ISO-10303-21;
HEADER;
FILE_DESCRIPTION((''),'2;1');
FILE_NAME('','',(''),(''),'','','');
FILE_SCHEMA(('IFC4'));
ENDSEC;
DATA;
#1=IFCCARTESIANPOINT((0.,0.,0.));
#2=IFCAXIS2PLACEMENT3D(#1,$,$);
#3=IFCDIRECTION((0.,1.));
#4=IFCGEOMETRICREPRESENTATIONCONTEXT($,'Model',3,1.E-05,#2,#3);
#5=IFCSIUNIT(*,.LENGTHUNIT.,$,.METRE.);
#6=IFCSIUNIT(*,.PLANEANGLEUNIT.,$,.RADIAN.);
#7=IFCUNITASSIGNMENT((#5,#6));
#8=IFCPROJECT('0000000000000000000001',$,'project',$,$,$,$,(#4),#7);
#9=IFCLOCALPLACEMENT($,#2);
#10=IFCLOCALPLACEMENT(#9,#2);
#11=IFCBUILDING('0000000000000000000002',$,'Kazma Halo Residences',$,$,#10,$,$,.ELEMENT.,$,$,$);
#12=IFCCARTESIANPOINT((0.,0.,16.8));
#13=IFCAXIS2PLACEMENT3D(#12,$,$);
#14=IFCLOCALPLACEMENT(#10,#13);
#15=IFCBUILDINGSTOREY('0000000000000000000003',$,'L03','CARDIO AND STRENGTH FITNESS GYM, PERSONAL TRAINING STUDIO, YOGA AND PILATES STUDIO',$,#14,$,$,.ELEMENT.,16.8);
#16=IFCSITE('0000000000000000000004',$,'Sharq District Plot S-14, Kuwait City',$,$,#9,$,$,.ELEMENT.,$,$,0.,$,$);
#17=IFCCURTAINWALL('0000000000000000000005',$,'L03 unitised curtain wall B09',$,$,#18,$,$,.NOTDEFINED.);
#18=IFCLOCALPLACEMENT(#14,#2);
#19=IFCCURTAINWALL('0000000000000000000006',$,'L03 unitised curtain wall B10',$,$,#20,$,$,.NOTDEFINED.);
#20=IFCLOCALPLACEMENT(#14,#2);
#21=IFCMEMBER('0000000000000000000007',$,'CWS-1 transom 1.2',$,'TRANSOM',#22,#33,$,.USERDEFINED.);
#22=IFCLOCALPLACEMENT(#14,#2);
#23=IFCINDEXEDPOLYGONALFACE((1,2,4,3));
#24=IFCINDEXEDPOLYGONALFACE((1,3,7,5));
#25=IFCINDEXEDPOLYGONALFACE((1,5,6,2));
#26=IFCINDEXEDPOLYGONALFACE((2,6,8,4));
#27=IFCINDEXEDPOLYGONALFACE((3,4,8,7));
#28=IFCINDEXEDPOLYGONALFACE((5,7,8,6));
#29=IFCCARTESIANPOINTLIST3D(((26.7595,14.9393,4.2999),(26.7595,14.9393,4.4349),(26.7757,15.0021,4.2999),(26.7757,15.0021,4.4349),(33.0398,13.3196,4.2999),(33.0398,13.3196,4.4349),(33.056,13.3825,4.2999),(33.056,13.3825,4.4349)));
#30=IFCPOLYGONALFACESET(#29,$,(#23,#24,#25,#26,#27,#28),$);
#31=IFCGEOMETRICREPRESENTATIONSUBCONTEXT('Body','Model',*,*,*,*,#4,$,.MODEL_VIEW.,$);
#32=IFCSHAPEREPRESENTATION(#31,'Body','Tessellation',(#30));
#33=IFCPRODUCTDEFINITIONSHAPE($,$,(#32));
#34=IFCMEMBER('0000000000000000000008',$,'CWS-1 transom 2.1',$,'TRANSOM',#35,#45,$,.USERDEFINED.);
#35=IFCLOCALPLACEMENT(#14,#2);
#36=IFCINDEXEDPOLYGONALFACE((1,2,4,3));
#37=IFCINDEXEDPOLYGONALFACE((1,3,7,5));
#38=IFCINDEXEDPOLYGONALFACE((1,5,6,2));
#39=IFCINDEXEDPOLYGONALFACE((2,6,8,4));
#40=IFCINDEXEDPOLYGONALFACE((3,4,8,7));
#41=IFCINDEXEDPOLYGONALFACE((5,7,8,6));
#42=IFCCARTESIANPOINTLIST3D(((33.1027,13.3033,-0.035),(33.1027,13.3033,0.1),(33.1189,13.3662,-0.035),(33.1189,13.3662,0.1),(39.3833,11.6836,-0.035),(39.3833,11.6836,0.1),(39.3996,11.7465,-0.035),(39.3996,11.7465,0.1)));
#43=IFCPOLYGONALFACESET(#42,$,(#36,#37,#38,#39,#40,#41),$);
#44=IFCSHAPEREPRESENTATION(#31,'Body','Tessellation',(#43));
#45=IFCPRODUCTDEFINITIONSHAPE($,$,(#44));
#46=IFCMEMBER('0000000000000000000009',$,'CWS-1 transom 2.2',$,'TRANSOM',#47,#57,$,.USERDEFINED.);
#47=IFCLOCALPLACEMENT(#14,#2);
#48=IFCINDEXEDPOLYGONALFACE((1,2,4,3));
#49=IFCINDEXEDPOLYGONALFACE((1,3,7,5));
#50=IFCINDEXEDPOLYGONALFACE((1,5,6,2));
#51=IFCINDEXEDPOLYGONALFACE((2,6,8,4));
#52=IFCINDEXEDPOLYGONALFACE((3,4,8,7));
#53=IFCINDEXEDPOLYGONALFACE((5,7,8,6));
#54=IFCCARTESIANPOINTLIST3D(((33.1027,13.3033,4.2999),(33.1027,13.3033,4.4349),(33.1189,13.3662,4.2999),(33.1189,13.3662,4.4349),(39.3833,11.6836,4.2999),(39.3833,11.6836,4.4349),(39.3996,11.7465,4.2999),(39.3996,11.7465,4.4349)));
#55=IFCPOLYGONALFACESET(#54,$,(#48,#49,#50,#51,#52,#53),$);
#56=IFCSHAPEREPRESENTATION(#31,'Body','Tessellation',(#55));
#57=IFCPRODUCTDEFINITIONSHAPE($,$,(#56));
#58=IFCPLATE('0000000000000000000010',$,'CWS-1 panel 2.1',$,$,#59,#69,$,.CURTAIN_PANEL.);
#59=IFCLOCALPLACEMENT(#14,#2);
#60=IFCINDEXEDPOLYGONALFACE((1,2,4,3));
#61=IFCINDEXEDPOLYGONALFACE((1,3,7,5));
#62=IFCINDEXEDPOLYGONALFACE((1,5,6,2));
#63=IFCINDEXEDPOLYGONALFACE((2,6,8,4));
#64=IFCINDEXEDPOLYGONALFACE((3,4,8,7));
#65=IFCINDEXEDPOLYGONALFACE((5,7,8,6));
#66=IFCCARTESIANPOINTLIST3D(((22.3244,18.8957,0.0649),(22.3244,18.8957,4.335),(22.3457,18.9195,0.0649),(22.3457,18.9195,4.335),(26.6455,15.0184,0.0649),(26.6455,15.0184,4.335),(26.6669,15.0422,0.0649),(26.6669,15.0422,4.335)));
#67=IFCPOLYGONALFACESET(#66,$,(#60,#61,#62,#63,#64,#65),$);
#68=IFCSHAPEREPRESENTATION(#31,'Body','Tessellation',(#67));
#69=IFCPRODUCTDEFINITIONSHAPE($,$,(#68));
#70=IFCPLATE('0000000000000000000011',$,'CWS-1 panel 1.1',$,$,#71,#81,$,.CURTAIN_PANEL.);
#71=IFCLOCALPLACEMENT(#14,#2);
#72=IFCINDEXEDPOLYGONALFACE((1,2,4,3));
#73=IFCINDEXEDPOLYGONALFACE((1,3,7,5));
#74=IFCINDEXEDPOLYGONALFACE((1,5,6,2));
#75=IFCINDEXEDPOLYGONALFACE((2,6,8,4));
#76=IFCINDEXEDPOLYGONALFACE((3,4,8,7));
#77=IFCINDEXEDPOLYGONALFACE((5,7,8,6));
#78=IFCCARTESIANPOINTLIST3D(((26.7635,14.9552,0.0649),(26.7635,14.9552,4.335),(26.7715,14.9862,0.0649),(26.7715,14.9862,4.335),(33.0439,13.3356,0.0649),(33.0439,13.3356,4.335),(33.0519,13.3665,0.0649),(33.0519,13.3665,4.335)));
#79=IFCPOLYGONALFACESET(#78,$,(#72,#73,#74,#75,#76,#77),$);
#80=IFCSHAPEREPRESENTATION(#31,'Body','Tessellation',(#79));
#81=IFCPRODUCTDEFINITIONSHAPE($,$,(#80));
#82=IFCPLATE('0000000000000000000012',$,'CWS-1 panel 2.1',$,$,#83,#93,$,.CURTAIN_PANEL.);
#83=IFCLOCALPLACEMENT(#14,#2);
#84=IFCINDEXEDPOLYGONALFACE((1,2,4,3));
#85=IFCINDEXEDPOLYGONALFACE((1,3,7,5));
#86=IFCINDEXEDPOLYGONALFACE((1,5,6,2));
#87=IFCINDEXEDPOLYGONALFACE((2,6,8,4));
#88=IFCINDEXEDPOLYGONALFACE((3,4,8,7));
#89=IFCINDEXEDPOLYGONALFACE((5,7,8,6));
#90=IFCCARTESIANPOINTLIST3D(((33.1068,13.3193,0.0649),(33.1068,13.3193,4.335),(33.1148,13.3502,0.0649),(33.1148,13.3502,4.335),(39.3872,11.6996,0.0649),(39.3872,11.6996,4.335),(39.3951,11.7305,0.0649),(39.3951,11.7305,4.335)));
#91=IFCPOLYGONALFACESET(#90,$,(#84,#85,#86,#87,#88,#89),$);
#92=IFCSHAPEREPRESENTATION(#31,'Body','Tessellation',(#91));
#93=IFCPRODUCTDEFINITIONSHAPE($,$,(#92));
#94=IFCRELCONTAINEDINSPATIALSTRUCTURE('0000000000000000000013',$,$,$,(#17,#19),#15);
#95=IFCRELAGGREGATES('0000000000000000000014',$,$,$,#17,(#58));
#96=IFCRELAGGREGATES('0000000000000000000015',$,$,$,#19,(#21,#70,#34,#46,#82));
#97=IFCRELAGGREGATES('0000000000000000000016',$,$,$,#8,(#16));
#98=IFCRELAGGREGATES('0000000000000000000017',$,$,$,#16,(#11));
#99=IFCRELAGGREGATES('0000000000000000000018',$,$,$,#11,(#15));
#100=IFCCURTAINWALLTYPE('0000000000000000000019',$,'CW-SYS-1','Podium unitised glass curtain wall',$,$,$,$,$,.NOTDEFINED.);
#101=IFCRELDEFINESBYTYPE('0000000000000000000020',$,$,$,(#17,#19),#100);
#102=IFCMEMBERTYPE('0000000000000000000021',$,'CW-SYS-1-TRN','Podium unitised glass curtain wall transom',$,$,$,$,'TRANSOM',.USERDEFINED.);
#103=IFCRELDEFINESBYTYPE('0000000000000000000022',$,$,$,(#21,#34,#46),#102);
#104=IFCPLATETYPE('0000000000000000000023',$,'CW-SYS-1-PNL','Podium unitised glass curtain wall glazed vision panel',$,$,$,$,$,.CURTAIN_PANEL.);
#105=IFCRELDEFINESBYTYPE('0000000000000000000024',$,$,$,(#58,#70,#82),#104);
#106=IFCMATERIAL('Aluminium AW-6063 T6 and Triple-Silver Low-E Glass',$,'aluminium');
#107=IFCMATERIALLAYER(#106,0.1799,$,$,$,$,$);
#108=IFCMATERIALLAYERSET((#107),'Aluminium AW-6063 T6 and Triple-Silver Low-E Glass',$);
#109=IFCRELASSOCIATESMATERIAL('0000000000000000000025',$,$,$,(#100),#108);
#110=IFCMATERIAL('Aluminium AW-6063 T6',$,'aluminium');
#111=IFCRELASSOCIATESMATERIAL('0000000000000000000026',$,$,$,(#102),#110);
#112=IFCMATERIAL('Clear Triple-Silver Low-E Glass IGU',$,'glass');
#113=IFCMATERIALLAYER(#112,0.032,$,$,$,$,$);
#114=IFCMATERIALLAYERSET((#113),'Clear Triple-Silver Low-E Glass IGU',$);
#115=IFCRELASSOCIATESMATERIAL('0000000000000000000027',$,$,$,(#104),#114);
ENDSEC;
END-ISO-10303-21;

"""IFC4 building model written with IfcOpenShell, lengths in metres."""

from ifc_helpers import new_model, si_unit, direction, frame, origin, origin_2d, place, context, subcontext, project, spatial, rectangle, extrude, material, layer, layer_set, material_profile, profile_set, type_object, element, aggregate, save


model = new_model("IFC4")

# Units and contexts
model_context = context("Model", 3, precision=1e-05, world=origin(), true_north=direction((0.0, 1.0)))
body_context = subcontext(model_context, "Body", "Model", "MODEL_VIEW")
ifc_project = project(units=[si_unit("LENGTHUNIT", "METRE"), si_unit("PLANEANGLEUNIT", "RADIAN")], contexts=[model_context])

# Site, building, storey
site_placement = place(None, origin())
site = spatial("IfcSite", under=ifc_project, at=site_placement, Name="Sharq District Plot S-14, Kuwait City", CompositionType="ELEMENT", RefElevation=0.0)
building_placement = place(site_placement, origin())
building = spatial("IfcBuilding", under=site, at=building_placement, Name="Kazma Halo Residences", CompositionType="ELEMENT")
storey_placement = place(building_placement, frame((0.0, 0.0, 16.8)))
storey = spatial("IfcBuildingStorey", under=building, at=storey_placement, Name="L03", Description="CARDIO AND STRENGTH FITNESS GYM, PERSONAL TRAINING STUDIO, YOGA AND PILATES STUDIO", CompositionType="ELEMENT", Elevation=16.8)

# Curtain wall
ifc_material_1 = material(Name="Aluminium AW-6063 T6 and Triple-Silver Low-E Glass", Category="aluminium")
ifc_layer_1 = layer(ifc_material_1, 0.1799)
ifc_layer_set_1 = layer_set([ifc_layer_1], Name="Aluminium AW-6063 T6 and Triple-Silver Low-E Glass")
curtain_wall_type = type_object("IfcCurtainWallType", Name="CW-SYS-1", Description="Podium unitised glass curtain wall", PredefinedType="NOTDEFINED", material=ifc_layer_set_1)
curtain_wall_1_placement = place(storey_placement, origin())
curtain_wall_1 = element("IfcCurtainWall", 1, at=curtain_wall_1_placement, inside=storey, type_object=curtain_wall_type, Name="L03 unitised curtain wall B09", PredefinedType="NOTDEFINED")
ifc_material_2 = material(Name="Aluminium AW-6063 T6", Category="aluminium")

# Curtain wall
curtain_wall_2_placement = place(storey_placement, origin())
curtain_wall_2 = element("IfcCurtainWall", 2, at=curtain_wall_2_placement, inside=storey, type_object=curtain_wall_type, Name="L03 unitised curtain wall B10", PredefinedType="NOTDEFINED")

# Members
ifc_material_profile_1 = material_profile(ifc_material_2, rectangle(XDim=0.0649, YDim=0.135, at=origin_2d()), Name="CWT-65x135")
ifc_profile_set_1 = profile_set([ifc_material_profile_1], Name="Aluminium AW-6063 T6")
member_type_1 = type_object("IfcMemberType", Name="CW-SYS-1-TRN", Description="Podium unitised glass curtain wall transom", ElementType="TRANSOM", PredefinedType="USERDEFINED", material=ifc_profile_set_1)
member_1_placement = place(storey_placement, frame((26.7676, 14.9707, 4.3674), z_axis=(0.968318, -0.249721, 0.0), x_axis=(0.249721, 0.968318, 0.0)))
member_1 = element("IfcMember", 3, at=member_1_placement, type_object=member_type_1, Name="CWS-1 transom 1.2", ObjectType="TRANSOM", PredefinedType="USERDEFINED", context=body_context, shape_type="SweptSolid", body=[
    extrude(rectangle(XDim=0.0649, YDim=0.135, at=origin_2d()), origin(), (0.0, 0.0, 1.0), 6.4858),
])
member_2_placement = place(storey_placement, frame((33.1108, 13.3347, 0.0325), z_axis=(0.96832, -0.249712, 0.0), x_axis=(0.249712, 0.96832, 0.0)))
member_2 = element("IfcMember", 4, at=member_2_placement, type_object=member_type_1, Name="CWS-1 transom 2.1", ObjectType="TRANSOM", PredefinedType="USERDEFINED", context=body_context, shape_type="SweptSolid", body=[
    extrude(rectangle(XDim=0.0649, YDim=0.135, at=origin_2d()), origin(), (0.0, 0.0, 1.0), 6.4861),
])
member_3_placement = place(storey_placement, frame((33.1108, 13.3347, 4.3674), z_axis=(0.96832, -0.249712, 0.0), x_axis=(0.249712, 0.96832, 0.0)))
member_3 = element("IfcMember", 5, at=member_3_placement, type_object=member_type_1, Name="CWS-1 transom 2.2", ObjectType="TRANSOM", PredefinedType="USERDEFINED", context=body_context, shape_type="SweptSolid", body=[
    extrude(rectangle(XDim=0.0649, YDim=0.135, at=origin_2d()), origin(), (0.0, 0.0, 1.0), 6.4861),
])

# Plates
ifc_material_3 = material(Name="Clear Triple-Silver Low-E Glass IGU", Category="glass")
ifc_layer_2 = layer(ifc_material_3, 0.032)
ifc_layer_set_2 = layer_set([ifc_layer_2], Name="Clear Triple-Silver Low-E Glass IGU")
plate_type = type_object("IfcPlateType", Name="CW-SYS-1-PNL", Description="Podium unitised glass curtain wall glazed vision panel", PredefinedType="CURTAIN_PANEL", material=ifc_layer_set_2)
plate_1_placement = place(storey_placement, frame((24.4956, 16.969, 0.0649), z_axis=(0.0, 0.0, 1.0), x_axis=(0.744298, -0.667848, 0.0)))
plate_1 = element("IfcPlate", 6, at=plate_1_placement, type_object=plate_type, Name="CWS-1 panel 2.1", PredefinedType="CURTAIN_PANEL", context=body_context, shape_type="SweptSolid", body=[
    extrude(rectangle(XDim=5.8057, YDim=0.032, at=origin_2d()), origin(), (0.0, 0.0, 1.0), 4.27),
])
aggregate(curtain_wall_1, [plate_1])
plate_2_placement = place(storey_placement, frame((29.9077, 14.1609, 0.0649), z_axis=(0.0, 0.0, 1.0), x_axis=(0.968316, -0.249727, 0.0)))
plate_2 = element("IfcPlate", 7, at=plate_2_placement, type_object=plate_type, Name="CWS-1 panel 1.1", PredefinedType="CURTAIN_PANEL", context=body_context, shape_type="SweptSolid", body=[
    extrude(rectangle(XDim=6.4858, YDim=0.032, at=origin_2d()), origin(), (0.0, 0.0, 1.0), 4.27),
])
plate_3_placement = place(storey_placement, frame((36.251, 12.5249, 0.0649), z_axis=(0.0, 0.0, 1.0), x_axis=(0.968316, -0.249727, 0.0)))
plate_3 = element("IfcPlate", 8, at=plate_3_placement, type_object=plate_type, Name="CWS-1 panel 2.1", PredefinedType="CURTAIN_PANEL", context=body_context, shape_type="SweptSolid", body=[
    extrude(rectangle(XDim=6.4858, YDim=0.032, at=origin_2d()), origin(), (0.0, 0.0, 1.0), 4.27),
])
aggregate(curtain_wall_2, [member_1, plate_2, member_2, member_3, plate_3])

save(model, "model.ifc")
